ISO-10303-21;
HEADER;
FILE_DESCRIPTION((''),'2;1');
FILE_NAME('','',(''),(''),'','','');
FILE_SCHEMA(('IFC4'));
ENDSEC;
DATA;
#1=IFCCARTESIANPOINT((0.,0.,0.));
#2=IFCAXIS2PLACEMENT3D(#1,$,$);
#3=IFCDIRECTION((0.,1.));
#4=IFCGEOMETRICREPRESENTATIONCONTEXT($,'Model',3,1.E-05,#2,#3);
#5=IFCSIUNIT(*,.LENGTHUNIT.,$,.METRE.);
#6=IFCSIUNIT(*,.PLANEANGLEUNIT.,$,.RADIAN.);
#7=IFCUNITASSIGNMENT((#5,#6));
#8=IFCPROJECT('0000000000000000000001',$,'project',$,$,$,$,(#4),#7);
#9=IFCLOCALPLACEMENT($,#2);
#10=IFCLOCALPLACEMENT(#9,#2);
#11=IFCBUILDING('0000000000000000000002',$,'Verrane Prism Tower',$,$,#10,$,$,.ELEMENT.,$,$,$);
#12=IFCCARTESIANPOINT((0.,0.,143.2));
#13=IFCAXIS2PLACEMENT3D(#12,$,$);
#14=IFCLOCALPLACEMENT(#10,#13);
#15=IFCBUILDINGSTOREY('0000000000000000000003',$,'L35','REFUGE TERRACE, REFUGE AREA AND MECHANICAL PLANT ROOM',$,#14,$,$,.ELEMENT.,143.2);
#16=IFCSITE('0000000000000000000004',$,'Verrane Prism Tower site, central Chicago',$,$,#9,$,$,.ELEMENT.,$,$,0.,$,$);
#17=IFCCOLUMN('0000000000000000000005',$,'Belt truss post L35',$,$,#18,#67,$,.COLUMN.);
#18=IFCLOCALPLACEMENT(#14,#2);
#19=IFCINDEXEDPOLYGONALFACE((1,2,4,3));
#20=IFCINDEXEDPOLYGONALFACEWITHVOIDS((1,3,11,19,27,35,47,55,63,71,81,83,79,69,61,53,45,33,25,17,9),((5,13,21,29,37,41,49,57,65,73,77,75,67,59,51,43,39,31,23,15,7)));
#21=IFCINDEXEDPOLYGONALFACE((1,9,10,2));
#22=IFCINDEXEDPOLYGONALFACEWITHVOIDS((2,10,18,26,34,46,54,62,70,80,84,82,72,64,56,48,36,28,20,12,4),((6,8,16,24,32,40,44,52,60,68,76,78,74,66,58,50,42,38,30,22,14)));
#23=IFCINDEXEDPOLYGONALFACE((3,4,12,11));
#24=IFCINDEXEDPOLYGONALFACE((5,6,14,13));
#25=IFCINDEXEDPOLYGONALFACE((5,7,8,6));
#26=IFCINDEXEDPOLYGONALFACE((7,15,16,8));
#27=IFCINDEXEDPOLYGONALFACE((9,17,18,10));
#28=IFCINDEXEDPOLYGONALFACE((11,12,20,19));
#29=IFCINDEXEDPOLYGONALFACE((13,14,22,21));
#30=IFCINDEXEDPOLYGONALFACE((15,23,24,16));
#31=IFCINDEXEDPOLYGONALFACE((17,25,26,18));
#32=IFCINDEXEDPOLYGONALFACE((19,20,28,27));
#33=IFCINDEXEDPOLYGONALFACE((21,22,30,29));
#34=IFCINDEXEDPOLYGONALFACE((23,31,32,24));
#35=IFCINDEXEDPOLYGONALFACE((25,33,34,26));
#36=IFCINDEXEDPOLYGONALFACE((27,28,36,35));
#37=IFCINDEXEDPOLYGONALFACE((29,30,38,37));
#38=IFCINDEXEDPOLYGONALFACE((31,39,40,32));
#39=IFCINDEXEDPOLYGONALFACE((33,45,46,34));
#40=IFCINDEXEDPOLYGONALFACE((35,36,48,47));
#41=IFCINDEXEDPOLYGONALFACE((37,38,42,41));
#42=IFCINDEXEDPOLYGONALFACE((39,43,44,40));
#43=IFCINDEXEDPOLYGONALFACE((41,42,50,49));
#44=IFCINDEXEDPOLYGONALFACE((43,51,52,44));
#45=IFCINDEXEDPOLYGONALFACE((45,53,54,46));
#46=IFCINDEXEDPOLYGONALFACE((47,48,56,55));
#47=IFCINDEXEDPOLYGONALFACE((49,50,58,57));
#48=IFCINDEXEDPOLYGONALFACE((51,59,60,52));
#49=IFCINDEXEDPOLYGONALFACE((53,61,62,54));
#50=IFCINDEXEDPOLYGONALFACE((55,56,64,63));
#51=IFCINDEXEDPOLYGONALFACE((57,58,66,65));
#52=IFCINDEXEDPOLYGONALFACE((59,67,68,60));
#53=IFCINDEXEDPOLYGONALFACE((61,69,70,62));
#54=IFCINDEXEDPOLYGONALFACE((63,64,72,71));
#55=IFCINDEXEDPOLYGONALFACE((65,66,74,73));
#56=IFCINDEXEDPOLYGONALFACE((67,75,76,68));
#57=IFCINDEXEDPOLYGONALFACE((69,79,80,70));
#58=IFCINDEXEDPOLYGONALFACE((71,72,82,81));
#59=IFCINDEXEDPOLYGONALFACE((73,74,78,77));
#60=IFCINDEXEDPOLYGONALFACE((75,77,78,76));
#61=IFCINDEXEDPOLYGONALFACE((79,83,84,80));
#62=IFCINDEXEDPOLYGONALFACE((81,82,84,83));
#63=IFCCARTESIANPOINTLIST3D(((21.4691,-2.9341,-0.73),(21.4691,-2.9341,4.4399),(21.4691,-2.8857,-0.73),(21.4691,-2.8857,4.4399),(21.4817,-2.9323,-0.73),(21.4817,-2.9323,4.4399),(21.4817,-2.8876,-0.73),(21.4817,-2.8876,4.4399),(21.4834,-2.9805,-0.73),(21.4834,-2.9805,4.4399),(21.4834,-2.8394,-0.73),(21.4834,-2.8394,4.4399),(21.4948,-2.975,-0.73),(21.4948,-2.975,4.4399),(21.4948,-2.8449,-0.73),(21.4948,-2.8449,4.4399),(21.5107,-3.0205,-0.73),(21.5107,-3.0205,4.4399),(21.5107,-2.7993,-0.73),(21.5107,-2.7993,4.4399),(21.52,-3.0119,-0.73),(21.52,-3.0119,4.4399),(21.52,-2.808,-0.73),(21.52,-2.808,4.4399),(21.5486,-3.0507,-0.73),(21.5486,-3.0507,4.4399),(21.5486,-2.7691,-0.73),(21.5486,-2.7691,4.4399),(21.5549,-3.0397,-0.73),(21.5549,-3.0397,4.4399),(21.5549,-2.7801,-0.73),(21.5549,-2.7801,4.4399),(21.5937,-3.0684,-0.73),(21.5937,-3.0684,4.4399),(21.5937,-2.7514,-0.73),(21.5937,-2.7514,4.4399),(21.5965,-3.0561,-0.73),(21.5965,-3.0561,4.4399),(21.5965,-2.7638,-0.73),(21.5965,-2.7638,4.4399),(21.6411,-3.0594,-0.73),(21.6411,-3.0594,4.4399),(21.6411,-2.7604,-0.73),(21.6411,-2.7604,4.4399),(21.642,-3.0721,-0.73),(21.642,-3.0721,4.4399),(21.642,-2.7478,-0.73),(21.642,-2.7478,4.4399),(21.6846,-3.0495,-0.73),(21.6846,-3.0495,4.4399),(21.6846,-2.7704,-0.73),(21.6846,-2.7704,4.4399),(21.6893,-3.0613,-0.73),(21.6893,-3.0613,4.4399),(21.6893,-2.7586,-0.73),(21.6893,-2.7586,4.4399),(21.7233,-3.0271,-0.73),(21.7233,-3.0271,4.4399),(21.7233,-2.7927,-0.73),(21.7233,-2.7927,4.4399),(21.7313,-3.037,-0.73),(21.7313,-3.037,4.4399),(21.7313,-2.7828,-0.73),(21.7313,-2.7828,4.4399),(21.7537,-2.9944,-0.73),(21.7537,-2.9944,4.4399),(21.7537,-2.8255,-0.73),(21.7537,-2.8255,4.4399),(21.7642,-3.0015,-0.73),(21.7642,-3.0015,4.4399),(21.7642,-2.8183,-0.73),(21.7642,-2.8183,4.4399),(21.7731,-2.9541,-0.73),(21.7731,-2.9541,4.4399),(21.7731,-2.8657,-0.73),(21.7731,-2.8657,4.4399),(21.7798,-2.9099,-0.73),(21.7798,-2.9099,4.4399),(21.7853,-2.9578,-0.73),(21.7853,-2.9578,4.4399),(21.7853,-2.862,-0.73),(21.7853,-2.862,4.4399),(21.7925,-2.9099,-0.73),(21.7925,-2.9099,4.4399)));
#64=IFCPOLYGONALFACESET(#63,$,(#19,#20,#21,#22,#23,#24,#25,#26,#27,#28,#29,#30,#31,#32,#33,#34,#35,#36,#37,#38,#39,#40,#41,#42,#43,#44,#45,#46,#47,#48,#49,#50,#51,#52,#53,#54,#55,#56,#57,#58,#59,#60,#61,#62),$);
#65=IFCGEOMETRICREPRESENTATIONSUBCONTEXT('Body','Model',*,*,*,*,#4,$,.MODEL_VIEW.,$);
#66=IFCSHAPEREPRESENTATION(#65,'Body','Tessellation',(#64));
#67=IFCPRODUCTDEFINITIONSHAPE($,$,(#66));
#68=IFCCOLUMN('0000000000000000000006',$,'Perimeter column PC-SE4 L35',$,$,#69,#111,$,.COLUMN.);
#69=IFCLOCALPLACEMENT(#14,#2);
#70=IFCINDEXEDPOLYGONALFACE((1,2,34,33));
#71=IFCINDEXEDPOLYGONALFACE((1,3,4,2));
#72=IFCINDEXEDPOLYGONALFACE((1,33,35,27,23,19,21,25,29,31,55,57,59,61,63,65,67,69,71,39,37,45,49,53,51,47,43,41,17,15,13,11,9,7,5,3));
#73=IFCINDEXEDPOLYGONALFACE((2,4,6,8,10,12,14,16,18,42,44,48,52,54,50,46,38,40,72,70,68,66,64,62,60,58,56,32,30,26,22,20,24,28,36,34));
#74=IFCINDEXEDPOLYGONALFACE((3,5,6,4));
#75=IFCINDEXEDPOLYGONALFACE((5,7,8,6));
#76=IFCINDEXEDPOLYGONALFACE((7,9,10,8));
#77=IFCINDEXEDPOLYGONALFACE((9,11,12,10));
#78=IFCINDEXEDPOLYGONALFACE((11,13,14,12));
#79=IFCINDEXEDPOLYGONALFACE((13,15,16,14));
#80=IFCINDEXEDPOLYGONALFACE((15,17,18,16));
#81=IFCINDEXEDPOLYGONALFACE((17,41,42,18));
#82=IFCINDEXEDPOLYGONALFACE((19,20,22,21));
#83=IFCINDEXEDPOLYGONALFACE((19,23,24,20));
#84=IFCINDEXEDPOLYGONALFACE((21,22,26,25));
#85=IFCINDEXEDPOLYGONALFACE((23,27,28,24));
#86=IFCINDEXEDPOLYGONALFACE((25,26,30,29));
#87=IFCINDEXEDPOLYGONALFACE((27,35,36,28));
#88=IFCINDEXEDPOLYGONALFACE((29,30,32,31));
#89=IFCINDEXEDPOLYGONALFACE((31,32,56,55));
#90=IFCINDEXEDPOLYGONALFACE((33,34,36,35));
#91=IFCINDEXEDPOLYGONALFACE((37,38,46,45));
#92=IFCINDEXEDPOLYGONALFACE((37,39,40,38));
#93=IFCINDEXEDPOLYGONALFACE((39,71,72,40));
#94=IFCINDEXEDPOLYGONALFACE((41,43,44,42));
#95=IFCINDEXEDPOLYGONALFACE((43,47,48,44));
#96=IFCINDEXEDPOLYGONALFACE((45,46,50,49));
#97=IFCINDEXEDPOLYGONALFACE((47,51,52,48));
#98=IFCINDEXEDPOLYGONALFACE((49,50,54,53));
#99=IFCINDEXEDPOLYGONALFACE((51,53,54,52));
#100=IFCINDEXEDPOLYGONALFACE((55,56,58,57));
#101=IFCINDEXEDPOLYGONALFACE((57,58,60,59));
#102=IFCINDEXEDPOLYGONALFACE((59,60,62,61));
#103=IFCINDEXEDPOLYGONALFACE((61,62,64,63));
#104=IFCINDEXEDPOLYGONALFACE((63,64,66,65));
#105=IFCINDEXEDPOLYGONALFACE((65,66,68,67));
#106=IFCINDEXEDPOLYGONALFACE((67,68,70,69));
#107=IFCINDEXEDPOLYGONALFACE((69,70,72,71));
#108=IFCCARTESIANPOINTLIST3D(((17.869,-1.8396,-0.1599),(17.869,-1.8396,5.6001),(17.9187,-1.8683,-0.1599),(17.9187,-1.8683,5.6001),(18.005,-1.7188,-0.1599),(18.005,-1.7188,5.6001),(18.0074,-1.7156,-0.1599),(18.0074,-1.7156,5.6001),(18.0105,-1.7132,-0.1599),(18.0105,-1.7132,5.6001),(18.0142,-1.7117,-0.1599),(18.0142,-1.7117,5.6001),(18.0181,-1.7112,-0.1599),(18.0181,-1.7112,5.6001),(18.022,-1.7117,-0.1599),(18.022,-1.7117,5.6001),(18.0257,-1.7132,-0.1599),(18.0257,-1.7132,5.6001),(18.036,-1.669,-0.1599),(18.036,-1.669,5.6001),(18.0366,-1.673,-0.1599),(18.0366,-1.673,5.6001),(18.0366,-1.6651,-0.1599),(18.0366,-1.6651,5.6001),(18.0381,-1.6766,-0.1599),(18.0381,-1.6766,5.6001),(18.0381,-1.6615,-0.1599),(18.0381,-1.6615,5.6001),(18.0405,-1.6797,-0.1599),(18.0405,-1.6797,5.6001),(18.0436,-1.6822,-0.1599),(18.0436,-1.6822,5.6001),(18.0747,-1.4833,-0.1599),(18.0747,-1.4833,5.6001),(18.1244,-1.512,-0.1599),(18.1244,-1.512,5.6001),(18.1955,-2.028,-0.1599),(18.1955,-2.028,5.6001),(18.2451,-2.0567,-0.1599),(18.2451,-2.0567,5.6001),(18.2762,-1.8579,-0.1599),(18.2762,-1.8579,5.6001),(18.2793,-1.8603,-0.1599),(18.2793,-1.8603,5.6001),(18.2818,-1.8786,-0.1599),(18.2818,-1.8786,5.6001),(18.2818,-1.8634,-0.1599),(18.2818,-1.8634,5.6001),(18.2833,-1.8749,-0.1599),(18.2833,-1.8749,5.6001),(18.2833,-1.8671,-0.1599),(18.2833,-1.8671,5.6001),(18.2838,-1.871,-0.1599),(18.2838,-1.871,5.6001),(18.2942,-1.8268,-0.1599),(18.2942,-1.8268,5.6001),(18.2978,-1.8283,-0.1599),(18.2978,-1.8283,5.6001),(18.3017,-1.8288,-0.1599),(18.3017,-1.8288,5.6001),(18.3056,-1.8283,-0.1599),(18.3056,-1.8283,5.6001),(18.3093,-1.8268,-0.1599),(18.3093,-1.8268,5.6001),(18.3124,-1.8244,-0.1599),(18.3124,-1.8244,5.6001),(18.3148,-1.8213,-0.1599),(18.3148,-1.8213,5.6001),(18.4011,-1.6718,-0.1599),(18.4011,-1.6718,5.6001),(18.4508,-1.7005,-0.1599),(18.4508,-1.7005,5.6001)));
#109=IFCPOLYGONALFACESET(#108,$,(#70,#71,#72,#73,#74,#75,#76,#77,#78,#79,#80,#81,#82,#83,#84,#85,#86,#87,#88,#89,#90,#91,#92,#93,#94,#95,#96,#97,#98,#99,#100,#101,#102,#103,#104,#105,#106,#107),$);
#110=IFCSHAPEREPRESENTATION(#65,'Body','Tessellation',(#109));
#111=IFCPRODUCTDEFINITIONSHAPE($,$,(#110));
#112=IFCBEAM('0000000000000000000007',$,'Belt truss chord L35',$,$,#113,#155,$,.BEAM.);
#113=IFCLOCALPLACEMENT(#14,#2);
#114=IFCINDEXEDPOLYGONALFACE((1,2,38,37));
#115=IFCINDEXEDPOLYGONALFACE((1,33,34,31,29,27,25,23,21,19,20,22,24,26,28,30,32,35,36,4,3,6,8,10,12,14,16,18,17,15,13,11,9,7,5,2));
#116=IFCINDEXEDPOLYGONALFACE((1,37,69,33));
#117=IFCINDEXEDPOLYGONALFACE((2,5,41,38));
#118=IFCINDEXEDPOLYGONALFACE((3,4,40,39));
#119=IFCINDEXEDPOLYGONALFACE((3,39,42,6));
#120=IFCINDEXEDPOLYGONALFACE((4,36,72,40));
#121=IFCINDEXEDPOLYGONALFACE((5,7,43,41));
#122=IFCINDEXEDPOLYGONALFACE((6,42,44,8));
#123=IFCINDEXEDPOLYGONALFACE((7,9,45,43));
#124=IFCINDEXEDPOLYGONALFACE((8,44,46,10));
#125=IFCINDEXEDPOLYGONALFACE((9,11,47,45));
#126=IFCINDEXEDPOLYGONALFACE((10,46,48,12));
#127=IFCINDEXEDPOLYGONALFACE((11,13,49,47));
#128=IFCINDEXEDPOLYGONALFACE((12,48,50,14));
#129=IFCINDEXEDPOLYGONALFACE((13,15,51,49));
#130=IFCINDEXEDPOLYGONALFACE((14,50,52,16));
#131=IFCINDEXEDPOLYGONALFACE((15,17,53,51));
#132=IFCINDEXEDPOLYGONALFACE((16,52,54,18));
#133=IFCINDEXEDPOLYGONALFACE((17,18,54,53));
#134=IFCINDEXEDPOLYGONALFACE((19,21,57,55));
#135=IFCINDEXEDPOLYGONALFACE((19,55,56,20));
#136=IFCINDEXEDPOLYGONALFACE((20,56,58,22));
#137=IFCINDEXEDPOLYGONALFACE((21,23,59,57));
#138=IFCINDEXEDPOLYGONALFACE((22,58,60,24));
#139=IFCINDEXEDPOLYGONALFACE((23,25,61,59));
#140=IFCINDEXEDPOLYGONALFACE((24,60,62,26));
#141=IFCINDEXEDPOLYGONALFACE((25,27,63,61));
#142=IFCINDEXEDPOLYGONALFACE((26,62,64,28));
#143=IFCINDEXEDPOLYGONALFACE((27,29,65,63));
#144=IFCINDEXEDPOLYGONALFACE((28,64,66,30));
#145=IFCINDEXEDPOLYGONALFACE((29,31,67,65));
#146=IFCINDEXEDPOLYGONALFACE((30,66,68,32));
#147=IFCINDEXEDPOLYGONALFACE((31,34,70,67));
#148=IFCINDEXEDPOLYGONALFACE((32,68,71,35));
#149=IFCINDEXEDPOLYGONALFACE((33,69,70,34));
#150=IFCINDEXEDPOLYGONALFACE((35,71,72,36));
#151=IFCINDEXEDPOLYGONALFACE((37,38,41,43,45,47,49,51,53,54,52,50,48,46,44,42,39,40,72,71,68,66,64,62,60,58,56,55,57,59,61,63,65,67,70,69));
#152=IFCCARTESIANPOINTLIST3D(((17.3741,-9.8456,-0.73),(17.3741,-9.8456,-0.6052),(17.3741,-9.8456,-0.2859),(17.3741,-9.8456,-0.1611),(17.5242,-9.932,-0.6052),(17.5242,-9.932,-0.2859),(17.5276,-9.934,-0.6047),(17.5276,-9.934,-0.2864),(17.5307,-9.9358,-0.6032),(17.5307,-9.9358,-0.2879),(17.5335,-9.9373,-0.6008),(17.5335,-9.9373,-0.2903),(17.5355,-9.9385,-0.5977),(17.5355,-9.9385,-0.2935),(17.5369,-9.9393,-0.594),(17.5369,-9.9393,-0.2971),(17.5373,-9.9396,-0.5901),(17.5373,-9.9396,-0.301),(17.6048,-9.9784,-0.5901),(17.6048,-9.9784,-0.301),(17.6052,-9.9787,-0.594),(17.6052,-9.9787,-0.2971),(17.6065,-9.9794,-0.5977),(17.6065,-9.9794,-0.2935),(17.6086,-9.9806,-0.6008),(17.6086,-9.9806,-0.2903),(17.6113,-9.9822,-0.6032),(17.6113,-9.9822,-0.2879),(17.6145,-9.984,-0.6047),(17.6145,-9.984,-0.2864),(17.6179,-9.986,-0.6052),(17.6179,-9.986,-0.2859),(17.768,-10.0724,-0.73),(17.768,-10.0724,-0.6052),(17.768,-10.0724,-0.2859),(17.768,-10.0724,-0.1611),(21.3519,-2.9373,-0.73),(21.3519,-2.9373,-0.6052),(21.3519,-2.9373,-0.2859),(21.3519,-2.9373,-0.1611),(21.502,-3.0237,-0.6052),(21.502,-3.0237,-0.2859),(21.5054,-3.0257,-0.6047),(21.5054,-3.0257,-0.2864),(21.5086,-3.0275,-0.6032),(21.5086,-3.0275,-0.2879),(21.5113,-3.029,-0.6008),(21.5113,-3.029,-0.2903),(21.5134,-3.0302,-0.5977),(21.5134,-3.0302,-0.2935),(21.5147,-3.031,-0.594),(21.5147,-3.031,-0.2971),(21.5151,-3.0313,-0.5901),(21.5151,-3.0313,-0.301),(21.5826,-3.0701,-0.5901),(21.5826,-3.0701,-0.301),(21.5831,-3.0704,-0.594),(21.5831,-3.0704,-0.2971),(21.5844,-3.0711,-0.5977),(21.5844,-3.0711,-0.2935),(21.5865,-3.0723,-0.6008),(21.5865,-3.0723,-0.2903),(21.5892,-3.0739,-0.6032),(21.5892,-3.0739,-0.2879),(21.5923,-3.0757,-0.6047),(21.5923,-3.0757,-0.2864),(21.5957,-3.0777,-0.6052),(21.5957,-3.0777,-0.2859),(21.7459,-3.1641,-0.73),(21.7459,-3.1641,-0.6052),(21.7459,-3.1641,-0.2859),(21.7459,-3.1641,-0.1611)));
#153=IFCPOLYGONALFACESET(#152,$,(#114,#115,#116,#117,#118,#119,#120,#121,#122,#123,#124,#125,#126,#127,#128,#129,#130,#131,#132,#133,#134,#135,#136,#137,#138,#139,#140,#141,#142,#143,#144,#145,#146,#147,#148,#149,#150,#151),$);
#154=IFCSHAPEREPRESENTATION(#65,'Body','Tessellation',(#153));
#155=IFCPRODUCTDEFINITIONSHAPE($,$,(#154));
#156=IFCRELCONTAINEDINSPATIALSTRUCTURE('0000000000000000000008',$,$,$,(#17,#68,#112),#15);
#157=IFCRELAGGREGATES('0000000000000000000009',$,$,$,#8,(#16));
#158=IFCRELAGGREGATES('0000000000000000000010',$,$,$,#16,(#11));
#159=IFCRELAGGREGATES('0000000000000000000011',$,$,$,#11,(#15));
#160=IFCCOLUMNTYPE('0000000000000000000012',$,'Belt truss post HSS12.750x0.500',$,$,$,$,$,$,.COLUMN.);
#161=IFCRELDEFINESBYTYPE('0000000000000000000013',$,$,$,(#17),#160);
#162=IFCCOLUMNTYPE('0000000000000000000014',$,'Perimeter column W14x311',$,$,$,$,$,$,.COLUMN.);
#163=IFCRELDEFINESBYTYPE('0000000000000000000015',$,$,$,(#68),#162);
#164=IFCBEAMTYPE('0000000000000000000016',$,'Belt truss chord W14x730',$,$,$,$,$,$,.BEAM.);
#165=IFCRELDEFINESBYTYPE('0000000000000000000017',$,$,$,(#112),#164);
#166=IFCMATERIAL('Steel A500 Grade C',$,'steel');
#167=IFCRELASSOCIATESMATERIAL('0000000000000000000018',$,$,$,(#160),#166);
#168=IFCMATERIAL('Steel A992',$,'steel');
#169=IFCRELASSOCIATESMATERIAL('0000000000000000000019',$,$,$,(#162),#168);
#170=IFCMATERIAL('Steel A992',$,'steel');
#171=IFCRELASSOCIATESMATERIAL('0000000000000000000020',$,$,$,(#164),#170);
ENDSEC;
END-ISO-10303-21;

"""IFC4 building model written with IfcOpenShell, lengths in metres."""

from ifc_helpers import new_model, si_unit, direction, frame, origin, origin_2d, place, context, subcontext, project, spatial, hollow_circle, i_section, extrude, material, material_profile, profile_set, type_object, element, save


model = new_model("IFC4")

# Units and contexts
model_context = context("Model", 3, precision=1e-05, world=origin(), true_north=direction((0.0, 1.0)))
body_context = subcontext(model_context, "Body", "Model", "MODEL_VIEW")
ifc_project = project(units=[si_unit("LENGTHUNIT", "METRE"), si_unit("PLANEANGLEUNIT", "RADIAN")], contexts=[model_context])

# Site, building, storey
site_placement = place(None, origin())
site = spatial("IfcSite", under=ifc_project, at=site_placement, Name="Verrane Prism Tower site, central Chicago", CompositionType="ELEMENT", RefElevation=0.0)
building_placement = place(site_placement, origin())
building = spatial("IfcBuilding", under=site, at=building_placement, Name="Verrane Prism Tower", CompositionType="ELEMENT")
storey_placement = place(building_placement, frame((0.0, 0.0, 143.2)))
storey = spatial("IfcBuildingStorey", under=building, at=storey_placement, Name="L35", Description="REFUGE TERRACE, REFUGE AREA AND MECHANICAL PLANT ROOM", CompositionType="ELEMENT", Elevation=143.2)

# Columns
ifc_material_1 = material(Name="Steel A500 Grade C", Category="steel")
ifc_material_profile_1 = material_profile(ifc_material_1, hollow_circle(Radius=0.1626, WallThickness=0.0127, at=origin_2d()), Name="HSS12.750x0.500")
ifc_profile_set_1 = profile_set([ifc_material_profile_1], Name="Steel A500 Grade C")
column_type_1 = type_object("IfcColumnType", Name="Belt truss post HSS12.750x0.500", PredefinedType="COLUMN", material=ifc_profile_set_1)
column_1_placement = place(storey_placement, frame((21.6299, -2.9099, -0.73), z_axis=(0.0, 0.0, 1.0), x_axis=(-0.5, -0.866025, 0.0)))
element("IfcColumn", 1, at=column_1_placement, inside=storey, type_object=column_type_1, Name="Belt truss post L35", PredefinedType="COLUMN", context=body_context, shape_type="SweptSolid", body=[
    extrude(hollow_circle(Radius=0.1626, WallThickness=0.0127, at=origin_2d()), origin(), (0.0, 0.0, 1.0), 5.1699),
])
ifc_material_2 = material(Name="Steel A992", Category="steel")
ifc_material_profile_2 = material_profile(ifc_material_2, i_section(OverallWidth=0.4114, OverallDepth=0.4343, WebThickness=0.0359, FlangeThickness=0.0574, FilletRadius=0.0151, at=origin_2d()), Name="W14x311")
ifc_profile_set_2 = profile_set([ifc_material_profile_2], Name="Steel A992")
column_type_2 = type_object("IfcColumnType", Name="Perimeter column W14x311", PredefinedType="COLUMN", material=ifc_profile_set_2)
column_2_placement = place(storey_placement, frame((18.1599, -1.77, -0.1599), z_axis=(0.0, 0.0, 1.0), x_axis=(-0.5, -0.866025, 0.0)))
element("IfcColumn", 2, at=column_2_placement, inside=storey, type_object=column_type_2, Name="Perimeter column PC-SE4 L35", PredefinedType="COLUMN", context=body_context, shape_type="SweptSolid", body=[
    extrude(i_section(OverallWidth=0.4114, OverallDepth=0.4343, WebThickness=0.0359, FlangeThickness=0.0574, FilletRadius=0.0151, at=origin_2d()), origin(), (0.0, 0.0, 1.0), 5.76),
])

# Beam
ifc_material_3 = material(Name="Steel A992", Category="steel")
ifc_material_profile_3 = material_profile(ifc_material_3, i_section(OverallWidth=0.4546, OverallDepth=0.5688, WebThickness=0.0779, FlangeThickness=0.1248, FilletRadius=0.0151, at=origin_2d()), Name="W14x730")
ifc_profile_set_3 = profile_set([ifc_material_profile_3], Name="Steel A992")
beam_type_1 = type_object("IfcBeamType", Name="Belt truss chord W14x730", PredefinedType="BEAM", material=ifc_profile_set_3)
beam_1_placement = place(storey_placement, frame((17.571, -9.959, -0.4456), z_axis=(0.498996, 0.866604, 0.0), x_axis=(-0.866604, 0.498996, 0.0)))
element("IfcBeam", 3, at=beam_1_placement, inside=storey, type_object=beam_type_1, Name="Belt truss chord L35", PredefinedType="BEAM", context=body_context, shape_type="SweptSolid", body=[
    extrude(i_section(OverallWidth=0.4546, OverallDepth=0.5688, WebThickness=0.0779, FlangeThickness=0.1248, FilletRadius=0.0151, at=origin_2d()), origin(), (0.0, 0.0, 1.0), 7.9717),
])

save(model, "model.ifc")
